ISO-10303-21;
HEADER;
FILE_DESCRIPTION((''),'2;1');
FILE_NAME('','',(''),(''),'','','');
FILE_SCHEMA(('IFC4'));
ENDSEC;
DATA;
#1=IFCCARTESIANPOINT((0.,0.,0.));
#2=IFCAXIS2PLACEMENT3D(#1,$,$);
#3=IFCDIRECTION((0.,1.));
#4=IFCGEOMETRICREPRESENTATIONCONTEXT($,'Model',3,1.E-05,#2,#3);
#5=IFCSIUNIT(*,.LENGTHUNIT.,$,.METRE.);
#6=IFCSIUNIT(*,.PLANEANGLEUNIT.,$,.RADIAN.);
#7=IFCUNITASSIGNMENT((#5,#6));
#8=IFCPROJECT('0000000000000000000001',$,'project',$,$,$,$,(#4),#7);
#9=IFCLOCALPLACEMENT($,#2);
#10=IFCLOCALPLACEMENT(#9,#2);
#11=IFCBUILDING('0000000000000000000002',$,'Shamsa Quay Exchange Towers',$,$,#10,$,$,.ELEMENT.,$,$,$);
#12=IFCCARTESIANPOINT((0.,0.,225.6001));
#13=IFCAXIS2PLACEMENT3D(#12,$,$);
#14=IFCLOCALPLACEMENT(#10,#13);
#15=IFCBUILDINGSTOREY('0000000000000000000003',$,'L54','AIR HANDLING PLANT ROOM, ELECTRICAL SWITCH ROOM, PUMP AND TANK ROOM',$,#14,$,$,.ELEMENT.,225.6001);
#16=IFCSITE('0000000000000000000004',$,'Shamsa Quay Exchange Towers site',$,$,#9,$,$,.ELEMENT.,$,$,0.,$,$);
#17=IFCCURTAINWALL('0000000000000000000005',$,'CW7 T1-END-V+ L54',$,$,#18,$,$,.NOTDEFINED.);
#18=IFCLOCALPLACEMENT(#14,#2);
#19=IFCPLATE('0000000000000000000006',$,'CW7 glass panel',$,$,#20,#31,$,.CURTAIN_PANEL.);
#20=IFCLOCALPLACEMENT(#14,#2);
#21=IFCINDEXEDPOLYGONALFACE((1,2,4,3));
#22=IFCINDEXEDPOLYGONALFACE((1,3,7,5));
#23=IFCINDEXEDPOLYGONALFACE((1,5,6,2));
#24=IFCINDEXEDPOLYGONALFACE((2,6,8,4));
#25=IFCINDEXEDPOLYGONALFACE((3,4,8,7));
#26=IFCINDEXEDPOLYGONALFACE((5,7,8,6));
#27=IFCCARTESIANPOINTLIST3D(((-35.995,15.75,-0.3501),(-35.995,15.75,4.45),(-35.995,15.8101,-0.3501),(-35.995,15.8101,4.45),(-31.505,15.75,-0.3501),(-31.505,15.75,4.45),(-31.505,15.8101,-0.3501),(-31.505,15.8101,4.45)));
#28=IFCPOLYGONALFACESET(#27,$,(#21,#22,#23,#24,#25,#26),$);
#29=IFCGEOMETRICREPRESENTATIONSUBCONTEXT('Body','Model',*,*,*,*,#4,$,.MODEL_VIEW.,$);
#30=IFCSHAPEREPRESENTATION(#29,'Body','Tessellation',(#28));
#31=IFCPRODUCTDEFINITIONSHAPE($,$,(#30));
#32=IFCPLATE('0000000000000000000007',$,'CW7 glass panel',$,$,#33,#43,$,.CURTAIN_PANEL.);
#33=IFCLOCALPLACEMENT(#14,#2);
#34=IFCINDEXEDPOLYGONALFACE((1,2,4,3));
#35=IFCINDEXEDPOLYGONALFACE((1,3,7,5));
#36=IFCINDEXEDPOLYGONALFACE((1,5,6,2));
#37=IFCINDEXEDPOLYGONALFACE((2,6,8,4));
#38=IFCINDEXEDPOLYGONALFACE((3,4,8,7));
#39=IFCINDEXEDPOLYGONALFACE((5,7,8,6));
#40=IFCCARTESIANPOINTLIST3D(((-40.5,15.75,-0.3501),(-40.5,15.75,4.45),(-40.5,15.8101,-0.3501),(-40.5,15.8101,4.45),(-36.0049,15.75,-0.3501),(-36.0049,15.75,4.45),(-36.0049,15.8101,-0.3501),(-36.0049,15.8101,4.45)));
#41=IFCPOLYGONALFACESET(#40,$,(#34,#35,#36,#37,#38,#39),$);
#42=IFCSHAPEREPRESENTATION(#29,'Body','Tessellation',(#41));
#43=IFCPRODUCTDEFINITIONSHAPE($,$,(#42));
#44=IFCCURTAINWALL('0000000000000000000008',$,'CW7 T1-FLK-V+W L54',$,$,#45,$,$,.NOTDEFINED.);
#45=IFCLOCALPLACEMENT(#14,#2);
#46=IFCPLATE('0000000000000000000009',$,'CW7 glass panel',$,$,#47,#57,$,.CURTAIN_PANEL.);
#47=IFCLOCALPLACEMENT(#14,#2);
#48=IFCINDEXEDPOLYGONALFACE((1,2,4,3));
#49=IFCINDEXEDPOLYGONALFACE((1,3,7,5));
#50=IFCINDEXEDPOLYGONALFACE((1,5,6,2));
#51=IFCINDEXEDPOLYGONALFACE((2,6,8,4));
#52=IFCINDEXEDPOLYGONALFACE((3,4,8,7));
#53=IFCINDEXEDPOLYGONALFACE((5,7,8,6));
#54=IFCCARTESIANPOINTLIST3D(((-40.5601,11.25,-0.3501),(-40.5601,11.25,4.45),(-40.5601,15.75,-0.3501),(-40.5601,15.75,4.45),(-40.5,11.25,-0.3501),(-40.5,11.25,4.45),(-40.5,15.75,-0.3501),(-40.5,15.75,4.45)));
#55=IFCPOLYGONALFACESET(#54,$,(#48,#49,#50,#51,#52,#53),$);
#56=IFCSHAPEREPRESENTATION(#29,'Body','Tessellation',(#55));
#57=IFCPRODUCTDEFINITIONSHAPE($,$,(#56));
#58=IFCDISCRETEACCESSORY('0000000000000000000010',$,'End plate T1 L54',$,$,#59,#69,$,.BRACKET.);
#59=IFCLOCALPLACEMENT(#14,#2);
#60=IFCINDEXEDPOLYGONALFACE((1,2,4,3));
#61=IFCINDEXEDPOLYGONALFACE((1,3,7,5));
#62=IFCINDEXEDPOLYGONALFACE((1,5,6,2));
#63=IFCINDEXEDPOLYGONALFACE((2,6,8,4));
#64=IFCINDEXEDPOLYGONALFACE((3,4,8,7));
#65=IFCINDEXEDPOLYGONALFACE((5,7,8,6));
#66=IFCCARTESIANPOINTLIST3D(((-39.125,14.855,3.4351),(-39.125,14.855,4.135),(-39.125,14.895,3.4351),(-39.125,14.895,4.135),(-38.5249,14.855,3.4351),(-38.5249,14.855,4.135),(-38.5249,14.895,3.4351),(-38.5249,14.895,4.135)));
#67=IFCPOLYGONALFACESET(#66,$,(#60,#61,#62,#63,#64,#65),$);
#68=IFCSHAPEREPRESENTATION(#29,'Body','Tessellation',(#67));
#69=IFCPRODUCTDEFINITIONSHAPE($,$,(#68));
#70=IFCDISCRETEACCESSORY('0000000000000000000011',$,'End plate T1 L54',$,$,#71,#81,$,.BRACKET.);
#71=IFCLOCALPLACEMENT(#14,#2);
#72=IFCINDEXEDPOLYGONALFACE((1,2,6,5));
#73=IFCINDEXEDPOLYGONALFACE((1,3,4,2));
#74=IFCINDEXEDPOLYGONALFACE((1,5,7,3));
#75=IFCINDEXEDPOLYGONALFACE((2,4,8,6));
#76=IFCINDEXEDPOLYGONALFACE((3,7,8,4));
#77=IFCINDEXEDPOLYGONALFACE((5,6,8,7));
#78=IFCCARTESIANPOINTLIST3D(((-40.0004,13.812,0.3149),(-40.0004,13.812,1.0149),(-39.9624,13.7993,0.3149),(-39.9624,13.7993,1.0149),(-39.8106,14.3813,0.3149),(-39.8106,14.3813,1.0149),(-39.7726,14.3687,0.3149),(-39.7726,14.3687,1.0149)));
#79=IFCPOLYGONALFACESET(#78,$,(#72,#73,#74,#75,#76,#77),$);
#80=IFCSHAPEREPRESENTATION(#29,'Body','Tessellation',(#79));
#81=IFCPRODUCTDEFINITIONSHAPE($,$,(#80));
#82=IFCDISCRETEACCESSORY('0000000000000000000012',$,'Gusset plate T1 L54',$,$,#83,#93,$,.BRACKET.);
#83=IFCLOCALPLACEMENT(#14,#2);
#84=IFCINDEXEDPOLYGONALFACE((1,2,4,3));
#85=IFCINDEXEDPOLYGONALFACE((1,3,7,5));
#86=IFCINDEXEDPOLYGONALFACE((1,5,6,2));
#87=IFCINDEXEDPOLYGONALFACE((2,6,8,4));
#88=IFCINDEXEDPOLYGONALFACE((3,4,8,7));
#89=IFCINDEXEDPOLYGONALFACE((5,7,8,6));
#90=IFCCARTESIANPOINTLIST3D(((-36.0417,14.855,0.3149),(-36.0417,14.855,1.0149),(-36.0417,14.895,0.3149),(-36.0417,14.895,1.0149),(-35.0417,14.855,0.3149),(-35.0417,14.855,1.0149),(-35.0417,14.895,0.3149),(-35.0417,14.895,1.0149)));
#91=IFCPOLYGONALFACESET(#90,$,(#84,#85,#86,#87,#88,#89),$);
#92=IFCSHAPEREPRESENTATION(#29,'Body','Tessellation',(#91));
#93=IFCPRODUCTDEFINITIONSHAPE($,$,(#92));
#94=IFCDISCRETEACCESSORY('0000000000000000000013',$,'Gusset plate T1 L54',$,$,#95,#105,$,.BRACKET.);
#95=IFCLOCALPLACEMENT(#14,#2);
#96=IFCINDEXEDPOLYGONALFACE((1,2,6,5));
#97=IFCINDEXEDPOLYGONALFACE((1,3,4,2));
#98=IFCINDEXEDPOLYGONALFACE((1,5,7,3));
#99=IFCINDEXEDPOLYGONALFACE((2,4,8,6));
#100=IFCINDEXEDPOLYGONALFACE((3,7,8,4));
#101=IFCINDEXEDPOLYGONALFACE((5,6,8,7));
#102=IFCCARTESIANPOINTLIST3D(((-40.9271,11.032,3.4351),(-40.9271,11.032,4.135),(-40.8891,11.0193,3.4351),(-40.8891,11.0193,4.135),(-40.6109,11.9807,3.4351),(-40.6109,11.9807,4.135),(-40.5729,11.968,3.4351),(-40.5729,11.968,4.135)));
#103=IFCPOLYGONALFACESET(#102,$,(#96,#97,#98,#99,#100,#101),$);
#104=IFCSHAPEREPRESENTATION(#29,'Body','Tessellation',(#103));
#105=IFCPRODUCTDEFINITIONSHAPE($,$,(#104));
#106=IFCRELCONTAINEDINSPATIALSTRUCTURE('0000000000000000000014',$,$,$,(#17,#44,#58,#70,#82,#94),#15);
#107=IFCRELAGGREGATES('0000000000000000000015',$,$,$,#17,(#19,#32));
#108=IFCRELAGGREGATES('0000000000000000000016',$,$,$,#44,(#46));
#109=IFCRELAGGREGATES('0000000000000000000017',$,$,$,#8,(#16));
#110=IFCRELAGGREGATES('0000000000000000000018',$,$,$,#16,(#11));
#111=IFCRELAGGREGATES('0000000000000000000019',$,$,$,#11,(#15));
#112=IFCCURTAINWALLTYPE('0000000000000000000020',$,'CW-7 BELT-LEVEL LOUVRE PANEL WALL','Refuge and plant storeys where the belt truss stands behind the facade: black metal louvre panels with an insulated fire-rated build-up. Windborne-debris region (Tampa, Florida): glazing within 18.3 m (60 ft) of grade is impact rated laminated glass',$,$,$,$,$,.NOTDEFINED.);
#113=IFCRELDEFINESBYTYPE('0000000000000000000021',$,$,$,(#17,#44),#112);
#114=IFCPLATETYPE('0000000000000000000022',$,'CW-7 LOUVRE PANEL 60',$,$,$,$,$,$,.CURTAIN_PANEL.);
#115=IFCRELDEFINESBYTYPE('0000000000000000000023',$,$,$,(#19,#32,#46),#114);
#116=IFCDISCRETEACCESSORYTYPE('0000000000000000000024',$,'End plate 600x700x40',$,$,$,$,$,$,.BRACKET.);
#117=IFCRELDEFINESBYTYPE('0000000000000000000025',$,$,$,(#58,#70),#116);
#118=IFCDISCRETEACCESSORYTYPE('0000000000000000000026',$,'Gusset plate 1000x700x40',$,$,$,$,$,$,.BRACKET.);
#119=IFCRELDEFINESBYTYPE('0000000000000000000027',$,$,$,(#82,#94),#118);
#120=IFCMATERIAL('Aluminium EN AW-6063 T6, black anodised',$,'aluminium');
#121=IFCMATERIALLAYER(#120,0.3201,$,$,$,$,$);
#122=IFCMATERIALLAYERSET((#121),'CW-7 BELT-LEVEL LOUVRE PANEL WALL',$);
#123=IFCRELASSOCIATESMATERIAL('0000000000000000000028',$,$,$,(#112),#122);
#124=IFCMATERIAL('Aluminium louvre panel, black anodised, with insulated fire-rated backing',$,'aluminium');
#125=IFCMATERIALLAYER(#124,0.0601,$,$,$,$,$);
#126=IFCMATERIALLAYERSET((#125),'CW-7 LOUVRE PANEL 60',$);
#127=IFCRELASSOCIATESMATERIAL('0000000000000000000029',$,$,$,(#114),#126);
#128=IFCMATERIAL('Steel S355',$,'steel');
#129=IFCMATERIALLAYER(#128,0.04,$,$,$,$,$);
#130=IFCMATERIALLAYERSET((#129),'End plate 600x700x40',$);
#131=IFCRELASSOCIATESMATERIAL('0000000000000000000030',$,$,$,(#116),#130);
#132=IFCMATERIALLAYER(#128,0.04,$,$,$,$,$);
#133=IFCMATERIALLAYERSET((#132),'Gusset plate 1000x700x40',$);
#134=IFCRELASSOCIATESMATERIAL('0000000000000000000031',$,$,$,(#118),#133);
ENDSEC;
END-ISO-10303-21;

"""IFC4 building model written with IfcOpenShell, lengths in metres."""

from ifc_helpers import new_model, si_unit, direction, frame, origin, origin_2d, place, context, subcontext, project, spatial, rectangle, extrude, material, layer, layer_set, type_object, element, aggregate, save


model = new_model("IFC4")

# Units and contexts
model_context = context("Model", 3, precision=1e-05, world=origin(), true_north=direction((0.0, 1.0)))
body_context = subcontext(model_context, "Body", "Model", "MODEL_VIEW")
ifc_project = project(units=[si_unit("LENGTHUNIT", "METRE"), si_unit("PLANEANGLEUNIT", "RADIAN")], contexts=[model_context])

# Site, building, storey
site_placement = place(None, origin())
site = spatial("IfcSite", under=ifc_project, at=site_placement, Name="Shamsa Quay Exchange Towers site", CompositionType="ELEMENT", RefElevation=0.0)
building_placement = place(site_placement, origin())
building = spatial("IfcBuilding", under=site, at=building_placement, Name="Shamsa Quay Exchange Towers", CompositionType="ELEMENT")
storey_placement = place(building_placement, frame((0.0, 0.0, 225.6001)))
storey = spatial("IfcBuildingStorey", under=building, at=storey_placement, Name="L54", Description="AIR HANDLING PLANT ROOM, ELECTRICAL SWITCH ROOM, PUMP AND TANK ROOM", CompositionType="ELEMENT", Elevation=225.6001)

# Shared definitions
ifc_material_1 = material(Name="Steel S355", Category="steel")

# Curtain wall, plates
ifc_material_2 = material(Name="Aluminium EN AW-6063 T6, black anodised", Category="aluminium")
ifc_layer_1 = layer(ifc_material_2, 0.3201)
ifc_layer_set_1 = layer_set([ifc_layer_1], Name="CW-7 BELT-LEVEL LOUVRE PANEL WALL")
curtain_wall_type = type_object("IfcCurtainWallType", Name="CW-7 BELT-LEVEL LOUVRE PANEL WALL", Description="Refuge and plant storeys where the belt truss stands behind the facade: black metal louvre panels with an insulated fire-rated build-up. Windborne-debris region (Tampa, Florida): glazing within 18.3 m (60 ft) of grade is impact rated laminated glass", PredefinedType="NOTDEFINED", material=ifc_layer_set_1)
curtain_wall_1_placement = place(storey_placement, origin())
curtain_wall_1 = element("IfcCurtainWall", 1, at=curtain_wall_1_placement, inside=storey, type_object=curtain_wall_type, Name="CW7 T1-END-V+ L54", PredefinedType="NOTDEFINED")
ifc_material_3 = material(Name="Aluminium louvre panel, black anodised, with insulated fire-rated backing", Category="aluminium")
ifc_layer_2 = layer(ifc_material_3, 0.0601)
ifc_layer_set_2 = layer_set([ifc_layer_2], Name="CW-7 LOUVRE PANEL 60")
plate_type = type_object("IfcPlateType", Name="CW-7 LOUVRE PANEL 60", PredefinedType="CURTAIN_PANEL", material=ifc_layer_set_2)
plate_1_placement = place(storey_placement, frame((-33.75, 15.78, -0.3501), z_axis=(0.0, 0.0, 1.0), x_axis=(-1.0, 0.0, 0.0)))
plate_1 = element("IfcPlate", 2, at=plate_1_placement, type_object=plate_type, Name="CW7 glass panel", PredefinedType="CURTAIN_PANEL", context=body_context, shape_type="SweptSolid", body=[
    extrude(rectangle(XDim=4.49, YDim=0.0601, at=origin_2d()), origin(), (0.0, 0.0, 1.0), 4.8),
])
plate_2_placement = place(storey_placement, frame((-38.2524, 15.78, -0.3501), z_axis=(0.0, 0.0, 1.0), x_axis=(-1.0, 0.0, 0.0)))
plate_2 = element("IfcPlate", 3, at=plate_2_placement, type_object=plate_type, Name="CW7 glass panel", PredefinedType="CURTAIN_PANEL", context=body_context, shape_type="SweptSolid", body=[
    extrude(rectangle(XDim=4.4951, YDim=0.0601, at=origin_2d()), origin(), (0.0, 0.0, 1.0), 4.8),
])
aggregate(curtain_wall_1, [plate_1, plate_2])

# Curtain wall, plate
curtain_wall_2_placement = place(storey_placement, origin())
curtain_wall_2 = element("IfcCurtainWall", 4, at=curtain_wall_2_placement, inside=storey, type_object=curtain_wall_type, Name="CW7 T1-FLK-V+W L54", PredefinedType="NOTDEFINED")
plate_3_placement = place(storey_placement, frame((-40.53, 13.5, -0.3501), z_axis=(0.0, 0.0, 1.0), x_axis=(0.0, -1.0, 0.0)))
plate_3 = element("IfcPlate", 5, at=plate_3_placement, type_object=plate_type, Name="CW7 glass panel", PredefinedType="CURTAIN_PANEL", context=body_context, shape_type="SweptSolid", body=[
    extrude(rectangle(XDim=4.5, YDim=0.0601, at=origin_2d()), origin(), (0.0, 0.0, 1.0), 4.8),
])
aggregate(curtain_wall_2, [plate_3])

# Discrete accessories
ifc_layer_3 = layer(ifc_material_1, 0.04)
ifc_layer_set_3 = layer_set([ifc_layer_3], Name="End plate 600x700x40")
discrete_accessory_type_1 = type_object("IfcDiscreteAccessoryType", Name="End plate 600x700x40", PredefinedType="BRACKET", material=ifc_layer_set_3)
for number, where, z_axis, x_axis, name in (
    (6, (-38.825, 14.875, 3.4351), (0.0, 0.0, 1.0), (-1.0, 0.0, 0.0), "End plate T1 L54"),
    (7, (-39.8865, 14.0903, 0.3149), (0.0, 0.0, 1.0), (-0.316228, -0.948683, 0.0), "End plate T1 L54"),
):
    element("IfcDiscreteAccessory", number, at=place(storey_placement, frame(where, z_axis=z_axis, x_axis=x_axis)), inside=storey, type_object=discrete_accessory_type_1, Name=name, PredefinedType="BRACKET", context=body_context, shape_type="SweptSolid", body=[
        extrude(rectangle(XDim=0.6001, YDim=0.04, at=origin_2d()), origin(), (0.0, 0.0, 1.0), 0.7),
    ])
ifc_layer_4 = layer(ifc_material_1, 0.04)
ifc_layer_set_4 = layer_set([ifc_layer_4], Name="Gusset plate 1000x700x40")
discrete_accessory_type_2 = type_object("IfcDiscreteAccessoryType", Name="Gusset plate 1000x700x40", PredefinedType="BRACKET", material=ifc_layer_set_4)
for number, where, z_axis, x_axis, name in (
    (8, (-35.5417, 14.875, 0.3149), (0.0, 0.0, 1.0), (-1.0, 0.0, 0.0), "Gusset plate T1 L54"),
    (9, (-40.75, 11.5, 3.4351), (0.0, 0.0, 1.0), (-0.316228, -0.948683, 0.0), "Gusset plate T1 L54"),
):
    element("IfcDiscreteAccessory", number, at=place(storey_placement, frame(where, z_axis=z_axis, x_axis=x_axis)), inside=storey, type_object=discrete_accessory_type_2, Name=name, PredefinedType="BRACKET", context=body_context, shape_type="SweptSolid", body=[
        extrude(rectangle(XDim=1.0, YDim=0.04, at=origin_2d()), origin(), (0.0, 0.0, 1.0), 0.7),
    ])

save(model, "model.ifc")
